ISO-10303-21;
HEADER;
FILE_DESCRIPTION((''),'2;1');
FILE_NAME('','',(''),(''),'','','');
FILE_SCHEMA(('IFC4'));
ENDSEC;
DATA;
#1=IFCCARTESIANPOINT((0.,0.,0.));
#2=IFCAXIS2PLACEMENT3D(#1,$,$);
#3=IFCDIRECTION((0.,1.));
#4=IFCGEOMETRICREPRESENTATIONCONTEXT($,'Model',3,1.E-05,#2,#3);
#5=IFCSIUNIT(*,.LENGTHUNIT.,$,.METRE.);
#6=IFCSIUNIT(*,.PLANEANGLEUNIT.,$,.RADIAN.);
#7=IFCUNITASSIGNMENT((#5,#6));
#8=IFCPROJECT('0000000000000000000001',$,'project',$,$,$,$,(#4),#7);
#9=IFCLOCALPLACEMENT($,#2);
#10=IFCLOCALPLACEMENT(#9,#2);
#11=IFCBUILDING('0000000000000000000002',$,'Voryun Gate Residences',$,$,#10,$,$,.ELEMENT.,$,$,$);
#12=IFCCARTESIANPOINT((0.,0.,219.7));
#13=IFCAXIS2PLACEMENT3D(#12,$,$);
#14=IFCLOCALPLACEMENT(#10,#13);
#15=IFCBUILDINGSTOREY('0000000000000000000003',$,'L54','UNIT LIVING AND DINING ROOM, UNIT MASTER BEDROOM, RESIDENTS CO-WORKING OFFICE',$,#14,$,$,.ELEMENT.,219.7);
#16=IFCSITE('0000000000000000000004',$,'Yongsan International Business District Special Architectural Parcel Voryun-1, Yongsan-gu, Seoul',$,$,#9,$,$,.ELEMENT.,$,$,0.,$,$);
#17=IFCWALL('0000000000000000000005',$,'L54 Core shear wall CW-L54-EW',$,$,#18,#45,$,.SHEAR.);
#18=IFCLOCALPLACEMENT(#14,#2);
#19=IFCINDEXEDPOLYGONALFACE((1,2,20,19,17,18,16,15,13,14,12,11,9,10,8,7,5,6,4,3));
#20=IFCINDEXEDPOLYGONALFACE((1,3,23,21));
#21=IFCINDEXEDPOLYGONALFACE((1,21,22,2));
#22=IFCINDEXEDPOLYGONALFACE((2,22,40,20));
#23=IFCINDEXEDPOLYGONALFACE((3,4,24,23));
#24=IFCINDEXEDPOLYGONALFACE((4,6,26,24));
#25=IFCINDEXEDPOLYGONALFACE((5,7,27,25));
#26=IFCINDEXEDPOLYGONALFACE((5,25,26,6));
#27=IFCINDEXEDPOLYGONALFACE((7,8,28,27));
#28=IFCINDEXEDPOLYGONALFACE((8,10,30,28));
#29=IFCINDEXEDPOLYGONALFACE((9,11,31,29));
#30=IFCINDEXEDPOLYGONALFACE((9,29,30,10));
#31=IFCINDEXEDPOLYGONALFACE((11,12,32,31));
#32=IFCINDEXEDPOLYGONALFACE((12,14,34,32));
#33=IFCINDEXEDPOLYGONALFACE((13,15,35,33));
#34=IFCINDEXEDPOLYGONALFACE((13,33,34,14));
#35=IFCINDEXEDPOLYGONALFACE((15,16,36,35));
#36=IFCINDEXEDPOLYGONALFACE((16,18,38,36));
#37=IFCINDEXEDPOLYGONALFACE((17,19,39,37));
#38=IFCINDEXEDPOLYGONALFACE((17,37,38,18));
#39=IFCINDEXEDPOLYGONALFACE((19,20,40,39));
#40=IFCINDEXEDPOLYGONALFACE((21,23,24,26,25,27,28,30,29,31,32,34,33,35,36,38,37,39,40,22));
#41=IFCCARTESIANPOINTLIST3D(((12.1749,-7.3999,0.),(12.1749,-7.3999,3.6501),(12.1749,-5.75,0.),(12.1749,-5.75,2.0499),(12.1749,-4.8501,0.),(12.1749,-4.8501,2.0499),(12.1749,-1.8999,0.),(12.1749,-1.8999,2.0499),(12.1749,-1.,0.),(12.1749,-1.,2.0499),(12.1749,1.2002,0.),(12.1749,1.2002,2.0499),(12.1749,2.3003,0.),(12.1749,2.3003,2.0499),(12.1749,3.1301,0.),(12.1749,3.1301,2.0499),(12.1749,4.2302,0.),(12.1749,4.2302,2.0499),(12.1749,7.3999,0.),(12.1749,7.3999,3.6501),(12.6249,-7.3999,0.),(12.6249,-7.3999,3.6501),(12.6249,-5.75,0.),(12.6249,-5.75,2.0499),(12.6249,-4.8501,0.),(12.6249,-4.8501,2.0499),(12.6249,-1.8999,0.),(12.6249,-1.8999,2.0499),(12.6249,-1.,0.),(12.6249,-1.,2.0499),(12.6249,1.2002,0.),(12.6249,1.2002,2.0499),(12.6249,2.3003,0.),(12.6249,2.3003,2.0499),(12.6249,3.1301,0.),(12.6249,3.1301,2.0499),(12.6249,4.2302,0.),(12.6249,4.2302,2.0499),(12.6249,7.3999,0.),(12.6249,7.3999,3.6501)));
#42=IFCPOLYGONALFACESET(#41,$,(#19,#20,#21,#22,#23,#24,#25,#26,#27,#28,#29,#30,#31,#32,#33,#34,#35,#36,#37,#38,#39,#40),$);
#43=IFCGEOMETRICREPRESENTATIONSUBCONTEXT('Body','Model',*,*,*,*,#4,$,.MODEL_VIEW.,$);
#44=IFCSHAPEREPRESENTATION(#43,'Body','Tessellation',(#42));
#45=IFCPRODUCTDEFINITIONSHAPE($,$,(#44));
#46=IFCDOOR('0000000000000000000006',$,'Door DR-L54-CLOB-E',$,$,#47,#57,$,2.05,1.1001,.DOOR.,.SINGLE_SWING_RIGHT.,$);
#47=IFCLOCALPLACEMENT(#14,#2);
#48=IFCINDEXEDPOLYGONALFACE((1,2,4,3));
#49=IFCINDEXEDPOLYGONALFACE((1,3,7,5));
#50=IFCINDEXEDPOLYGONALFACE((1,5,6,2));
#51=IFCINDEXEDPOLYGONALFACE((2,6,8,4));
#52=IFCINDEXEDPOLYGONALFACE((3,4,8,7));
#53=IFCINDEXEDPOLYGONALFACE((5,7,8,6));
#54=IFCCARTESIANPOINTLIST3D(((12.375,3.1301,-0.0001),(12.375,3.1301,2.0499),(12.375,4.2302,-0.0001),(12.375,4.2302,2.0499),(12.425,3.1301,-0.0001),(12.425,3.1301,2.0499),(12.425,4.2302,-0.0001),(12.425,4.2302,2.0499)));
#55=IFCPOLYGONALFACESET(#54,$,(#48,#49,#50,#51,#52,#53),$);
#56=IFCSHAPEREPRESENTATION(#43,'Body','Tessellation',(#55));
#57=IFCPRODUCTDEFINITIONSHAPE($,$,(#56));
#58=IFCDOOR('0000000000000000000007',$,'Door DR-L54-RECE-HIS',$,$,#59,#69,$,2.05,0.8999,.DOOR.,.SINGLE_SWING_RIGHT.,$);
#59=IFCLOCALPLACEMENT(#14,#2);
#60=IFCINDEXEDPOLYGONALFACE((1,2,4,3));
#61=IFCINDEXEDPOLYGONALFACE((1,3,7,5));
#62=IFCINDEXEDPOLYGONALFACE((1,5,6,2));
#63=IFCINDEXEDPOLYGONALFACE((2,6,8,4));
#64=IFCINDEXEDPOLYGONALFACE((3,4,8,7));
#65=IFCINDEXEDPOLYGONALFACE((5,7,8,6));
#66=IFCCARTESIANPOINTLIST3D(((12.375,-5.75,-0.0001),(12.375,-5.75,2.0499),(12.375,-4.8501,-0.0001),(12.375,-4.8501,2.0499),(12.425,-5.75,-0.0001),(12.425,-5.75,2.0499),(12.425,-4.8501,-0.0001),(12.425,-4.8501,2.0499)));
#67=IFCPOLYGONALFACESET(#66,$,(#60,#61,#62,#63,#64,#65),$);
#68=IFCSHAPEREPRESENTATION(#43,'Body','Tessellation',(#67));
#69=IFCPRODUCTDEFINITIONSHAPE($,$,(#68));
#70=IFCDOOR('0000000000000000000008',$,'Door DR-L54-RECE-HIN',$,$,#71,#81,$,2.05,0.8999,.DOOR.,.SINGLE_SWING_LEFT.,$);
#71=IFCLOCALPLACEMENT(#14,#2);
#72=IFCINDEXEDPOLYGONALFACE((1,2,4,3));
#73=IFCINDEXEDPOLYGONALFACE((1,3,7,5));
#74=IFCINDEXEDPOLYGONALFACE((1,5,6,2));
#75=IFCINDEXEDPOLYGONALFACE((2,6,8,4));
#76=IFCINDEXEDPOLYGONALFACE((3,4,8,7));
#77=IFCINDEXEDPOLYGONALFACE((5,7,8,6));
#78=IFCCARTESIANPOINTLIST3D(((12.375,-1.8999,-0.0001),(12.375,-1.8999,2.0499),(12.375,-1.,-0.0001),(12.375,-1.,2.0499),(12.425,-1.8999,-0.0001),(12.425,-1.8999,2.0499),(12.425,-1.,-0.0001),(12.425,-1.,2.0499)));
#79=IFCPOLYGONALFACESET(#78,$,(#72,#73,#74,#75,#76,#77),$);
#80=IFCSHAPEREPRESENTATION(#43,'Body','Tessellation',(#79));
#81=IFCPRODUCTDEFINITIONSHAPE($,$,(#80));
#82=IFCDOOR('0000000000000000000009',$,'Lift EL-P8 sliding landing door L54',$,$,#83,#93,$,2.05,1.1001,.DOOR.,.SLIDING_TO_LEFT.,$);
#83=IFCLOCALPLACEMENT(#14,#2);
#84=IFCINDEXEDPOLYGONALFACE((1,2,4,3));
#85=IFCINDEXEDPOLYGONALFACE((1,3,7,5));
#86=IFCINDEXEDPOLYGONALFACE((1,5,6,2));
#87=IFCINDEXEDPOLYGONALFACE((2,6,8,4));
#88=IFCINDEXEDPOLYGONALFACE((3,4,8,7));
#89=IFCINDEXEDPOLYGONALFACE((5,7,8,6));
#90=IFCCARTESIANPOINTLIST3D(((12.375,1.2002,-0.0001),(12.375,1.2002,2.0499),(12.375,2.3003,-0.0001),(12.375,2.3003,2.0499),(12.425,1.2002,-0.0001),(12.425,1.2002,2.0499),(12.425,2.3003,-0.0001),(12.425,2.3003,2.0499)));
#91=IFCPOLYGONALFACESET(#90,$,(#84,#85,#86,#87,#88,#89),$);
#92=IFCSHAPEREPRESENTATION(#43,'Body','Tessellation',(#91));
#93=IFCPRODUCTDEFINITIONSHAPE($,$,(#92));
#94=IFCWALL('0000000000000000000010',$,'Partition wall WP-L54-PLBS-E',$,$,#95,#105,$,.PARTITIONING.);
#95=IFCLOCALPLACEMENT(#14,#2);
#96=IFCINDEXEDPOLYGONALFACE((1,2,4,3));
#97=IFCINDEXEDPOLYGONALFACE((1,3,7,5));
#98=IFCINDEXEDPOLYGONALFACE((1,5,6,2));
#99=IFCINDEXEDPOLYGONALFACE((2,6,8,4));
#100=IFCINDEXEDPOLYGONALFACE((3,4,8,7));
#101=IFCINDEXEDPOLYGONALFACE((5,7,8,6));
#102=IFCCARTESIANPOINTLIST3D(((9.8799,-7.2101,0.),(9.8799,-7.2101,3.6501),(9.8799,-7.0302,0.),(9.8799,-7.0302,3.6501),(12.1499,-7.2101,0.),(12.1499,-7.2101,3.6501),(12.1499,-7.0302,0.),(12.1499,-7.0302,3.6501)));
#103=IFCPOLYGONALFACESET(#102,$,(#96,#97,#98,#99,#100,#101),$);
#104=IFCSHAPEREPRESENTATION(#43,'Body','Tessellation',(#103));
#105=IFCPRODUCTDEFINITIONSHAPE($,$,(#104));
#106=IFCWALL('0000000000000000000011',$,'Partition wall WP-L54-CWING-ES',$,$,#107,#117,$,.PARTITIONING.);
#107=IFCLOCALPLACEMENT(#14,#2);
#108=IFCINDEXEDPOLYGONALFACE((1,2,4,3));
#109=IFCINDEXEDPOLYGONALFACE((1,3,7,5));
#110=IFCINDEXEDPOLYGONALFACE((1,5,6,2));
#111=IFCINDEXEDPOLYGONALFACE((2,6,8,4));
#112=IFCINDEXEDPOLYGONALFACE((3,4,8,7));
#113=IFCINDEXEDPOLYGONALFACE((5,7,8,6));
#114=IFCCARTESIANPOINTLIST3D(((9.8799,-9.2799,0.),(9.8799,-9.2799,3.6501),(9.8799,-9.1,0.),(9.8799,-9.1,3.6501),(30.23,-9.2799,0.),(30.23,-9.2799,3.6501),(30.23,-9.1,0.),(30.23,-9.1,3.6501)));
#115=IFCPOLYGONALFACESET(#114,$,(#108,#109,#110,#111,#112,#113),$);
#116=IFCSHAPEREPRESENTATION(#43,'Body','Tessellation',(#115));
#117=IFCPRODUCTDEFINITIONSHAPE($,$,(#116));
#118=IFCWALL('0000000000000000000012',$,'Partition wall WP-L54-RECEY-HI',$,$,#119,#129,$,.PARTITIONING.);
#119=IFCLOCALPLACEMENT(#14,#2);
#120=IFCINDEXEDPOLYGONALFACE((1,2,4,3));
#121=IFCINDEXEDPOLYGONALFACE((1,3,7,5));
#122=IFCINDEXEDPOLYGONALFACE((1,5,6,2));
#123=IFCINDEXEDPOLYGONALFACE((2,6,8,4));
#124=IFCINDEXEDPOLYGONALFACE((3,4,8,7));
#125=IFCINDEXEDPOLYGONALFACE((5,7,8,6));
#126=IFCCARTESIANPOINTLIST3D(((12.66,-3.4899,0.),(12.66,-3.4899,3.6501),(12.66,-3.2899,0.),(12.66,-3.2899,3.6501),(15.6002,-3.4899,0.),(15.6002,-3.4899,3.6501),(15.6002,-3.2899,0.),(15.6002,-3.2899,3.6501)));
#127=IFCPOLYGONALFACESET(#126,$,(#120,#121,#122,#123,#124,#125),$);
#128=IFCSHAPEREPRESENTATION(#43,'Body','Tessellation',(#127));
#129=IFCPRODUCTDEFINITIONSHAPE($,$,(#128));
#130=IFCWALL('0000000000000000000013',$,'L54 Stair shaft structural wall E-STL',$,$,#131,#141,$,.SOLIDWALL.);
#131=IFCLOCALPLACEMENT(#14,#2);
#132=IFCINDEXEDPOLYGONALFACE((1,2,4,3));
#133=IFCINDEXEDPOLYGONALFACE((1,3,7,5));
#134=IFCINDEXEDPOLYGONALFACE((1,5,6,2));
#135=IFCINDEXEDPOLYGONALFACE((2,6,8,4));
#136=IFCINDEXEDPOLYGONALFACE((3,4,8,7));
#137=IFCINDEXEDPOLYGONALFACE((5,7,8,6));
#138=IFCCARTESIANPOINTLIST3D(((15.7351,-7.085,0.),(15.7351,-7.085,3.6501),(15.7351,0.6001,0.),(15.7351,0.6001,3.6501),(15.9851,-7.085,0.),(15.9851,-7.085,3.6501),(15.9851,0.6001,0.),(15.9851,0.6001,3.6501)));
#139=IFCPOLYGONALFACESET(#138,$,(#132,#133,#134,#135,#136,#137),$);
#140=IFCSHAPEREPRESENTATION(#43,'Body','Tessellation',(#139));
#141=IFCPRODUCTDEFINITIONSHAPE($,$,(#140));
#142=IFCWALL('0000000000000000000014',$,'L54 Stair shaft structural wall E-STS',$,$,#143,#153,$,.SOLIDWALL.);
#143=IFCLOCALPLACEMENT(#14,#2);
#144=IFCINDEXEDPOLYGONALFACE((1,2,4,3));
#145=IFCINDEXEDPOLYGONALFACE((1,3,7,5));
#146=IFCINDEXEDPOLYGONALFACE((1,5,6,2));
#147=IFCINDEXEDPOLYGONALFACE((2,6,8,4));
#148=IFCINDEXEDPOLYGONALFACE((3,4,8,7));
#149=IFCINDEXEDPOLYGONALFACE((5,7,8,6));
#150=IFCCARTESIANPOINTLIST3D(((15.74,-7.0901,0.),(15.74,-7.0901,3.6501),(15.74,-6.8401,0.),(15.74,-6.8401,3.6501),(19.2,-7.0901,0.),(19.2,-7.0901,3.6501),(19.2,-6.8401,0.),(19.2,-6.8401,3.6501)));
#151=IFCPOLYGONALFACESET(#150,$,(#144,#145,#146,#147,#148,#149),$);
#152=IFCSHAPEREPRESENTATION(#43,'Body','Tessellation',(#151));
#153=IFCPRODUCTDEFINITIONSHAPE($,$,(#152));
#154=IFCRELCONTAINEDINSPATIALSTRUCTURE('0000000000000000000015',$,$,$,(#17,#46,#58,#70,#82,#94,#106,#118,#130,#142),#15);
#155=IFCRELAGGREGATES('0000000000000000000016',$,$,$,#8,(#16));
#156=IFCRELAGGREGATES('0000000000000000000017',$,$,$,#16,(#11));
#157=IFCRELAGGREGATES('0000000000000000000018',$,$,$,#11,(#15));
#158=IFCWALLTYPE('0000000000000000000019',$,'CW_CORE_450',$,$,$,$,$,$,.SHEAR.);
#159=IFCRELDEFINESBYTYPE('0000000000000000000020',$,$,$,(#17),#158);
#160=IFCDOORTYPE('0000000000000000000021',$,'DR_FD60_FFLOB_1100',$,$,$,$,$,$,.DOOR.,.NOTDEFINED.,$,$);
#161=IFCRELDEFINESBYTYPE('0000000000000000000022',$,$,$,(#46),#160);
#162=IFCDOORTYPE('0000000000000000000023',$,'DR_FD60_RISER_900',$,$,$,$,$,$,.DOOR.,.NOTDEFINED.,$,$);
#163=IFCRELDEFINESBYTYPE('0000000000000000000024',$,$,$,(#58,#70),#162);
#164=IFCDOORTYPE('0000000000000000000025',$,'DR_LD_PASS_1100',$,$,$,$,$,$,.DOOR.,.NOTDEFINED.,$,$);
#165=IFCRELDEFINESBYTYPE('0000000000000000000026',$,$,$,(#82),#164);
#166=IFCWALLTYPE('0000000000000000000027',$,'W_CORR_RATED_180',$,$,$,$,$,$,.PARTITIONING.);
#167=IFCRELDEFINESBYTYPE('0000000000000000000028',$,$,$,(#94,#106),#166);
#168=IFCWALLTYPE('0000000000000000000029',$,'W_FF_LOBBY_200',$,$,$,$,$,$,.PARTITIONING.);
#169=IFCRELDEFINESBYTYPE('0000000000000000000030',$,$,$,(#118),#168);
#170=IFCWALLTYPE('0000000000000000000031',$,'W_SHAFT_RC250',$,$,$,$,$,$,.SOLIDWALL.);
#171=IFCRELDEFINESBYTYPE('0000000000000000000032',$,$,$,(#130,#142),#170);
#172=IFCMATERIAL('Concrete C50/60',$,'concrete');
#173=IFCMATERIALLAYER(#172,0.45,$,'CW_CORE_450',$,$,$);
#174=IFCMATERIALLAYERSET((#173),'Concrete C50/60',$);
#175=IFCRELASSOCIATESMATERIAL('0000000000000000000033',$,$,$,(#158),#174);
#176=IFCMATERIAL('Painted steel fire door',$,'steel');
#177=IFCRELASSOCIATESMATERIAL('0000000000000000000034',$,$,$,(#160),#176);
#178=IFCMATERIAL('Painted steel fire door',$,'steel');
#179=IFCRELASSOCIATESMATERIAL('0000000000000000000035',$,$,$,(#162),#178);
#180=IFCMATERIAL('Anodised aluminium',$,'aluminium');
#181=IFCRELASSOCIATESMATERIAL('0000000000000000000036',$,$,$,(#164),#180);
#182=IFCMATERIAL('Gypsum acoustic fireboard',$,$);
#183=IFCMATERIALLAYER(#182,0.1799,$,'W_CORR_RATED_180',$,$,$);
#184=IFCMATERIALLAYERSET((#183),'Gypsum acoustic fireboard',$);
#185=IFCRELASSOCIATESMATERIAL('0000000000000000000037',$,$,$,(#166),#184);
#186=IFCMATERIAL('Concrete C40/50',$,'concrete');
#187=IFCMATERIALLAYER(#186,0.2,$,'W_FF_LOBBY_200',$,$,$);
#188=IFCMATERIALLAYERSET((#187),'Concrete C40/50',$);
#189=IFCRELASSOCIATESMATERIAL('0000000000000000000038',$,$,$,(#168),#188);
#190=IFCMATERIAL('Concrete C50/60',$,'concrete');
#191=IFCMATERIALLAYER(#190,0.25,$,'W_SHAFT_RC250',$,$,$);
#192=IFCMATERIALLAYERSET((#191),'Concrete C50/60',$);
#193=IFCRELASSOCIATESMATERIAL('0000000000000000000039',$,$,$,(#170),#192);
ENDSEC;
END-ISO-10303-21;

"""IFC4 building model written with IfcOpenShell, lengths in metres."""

from ifc_helpers import new_model, si_unit, direction, frame, frame_2d, origin, place, context, subcontext, project, spatial, rectangle, extrude, material, layer, layer_set, type_object, element, fill, save


model = new_model("IFC4")

# Units and contexts
model_context = context("Model", 3, precision=1e-05, world=origin(), true_north=direction((0.0, 1.0)))
body_context = subcontext(model_context, "Body", "Model", "MODEL_VIEW")
ifc_project = project(units=[si_unit("LENGTHUNIT", "METRE"), si_unit("PLANEANGLEUNIT", "RADIAN")], contexts=[model_context])

# Site, building, storey
site_placement = place(None, origin())
site = spatial("IfcSite", under=ifc_project, at=site_placement, Name="Yongsan International Business District Special Architectural Parcel Voryun-1, Yongsan-gu, Seoul", CompositionType="ELEMENT", RefElevation=0.0)
building_placement = place(site_placement, origin())
building = spatial("IfcBuilding", under=site, at=building_placement, Name="Voryun Gate Residences", CompositionType="ELEMENT")
storey_placement = place(building_placement, frame((0.0, 0.0, 219.7)))
storey = spatial("IfcBuildingStorey", under=building, at=storey_placement, Name="L54", Description="UNIT LIVING AND DINING ROOM, UNIT MASTER BEDROOM, RESIDENTS CO-WORKING OFFICE", CompositionType="ELEMENT", Elevation=219.7)

# Shared definitions
ifc_material_1 = material(Name="Concrete C50/60", Category="concrete")
ifc_layer_1 = layer(ifc_material_1, 0.45, Name="CW_CORE_450")
ifc_layer_set_1 = layer_set([ifc_layer_1], Name="Concrete C50/60")
wall_type_1 = type_object("IfcWallType", Name="CW_CORE_450", PredefinedType="SHEAR", material=ifc_layer_set_1)

# Wall, openings, doors
wall_1_placement = place(storey_placement, frame((12.3999, -7.3999, 0.0), z_axis=(0.0, 0.0, 1.0), x_axis=(0.0, 1.0, 0.0)))
wall_1 = element("IfcWall", 1, at=wall_1_placement, inside=storey, type_object=wall_type_1, Name="L54 Core shear wall CW-L54-EW", PredefinedType="SHEAR", context=body_context, shape_type="SweptSolid", body=[
    extrude(rectangle(XDim=14.7998, YDim=0.45, at=frame_2d((7.3999, 0.0))), origin(), (0.0, 0.0, 1.0), 3.6501),
])
opening_1_placement = place(wall_1_placement, frame((8.6001, 0.0, 0.0)))
opening_1 = element("IfcOpeningElement", 2, at=opening_1_placement, cuts=wall_1, PredefinedType="OPENING", context=body_context, shape_type="SweptSolid", body=[
    extrude(rectangle(XDim=1.1001, YDim=2.05, at=frame_2d((0.55, 1.0249))), frame((0.0, 0.2351, 0.0), z_axis=(0.0, -1.0, 0.0), x_axis=(1.0, 0.0, 0.0)), (0.0, 0.0, 1.0), 0.47),
])
opening_2_placement = place(wall_1_placement, frame((10.53, 0.0, 0.0)))
opening_2 = element("IfcOpeningElement", 3, at=opening_2_placement, cuts=wall_1, PredefinedType="OPENING", context=body_context, shape_type="SweptSolid", body=[
    extrude(rectangle(XDim=1.1001, YDim=2.05, at=frame_2d((0.55, 1.0249))), frame((0.0, 0.2351, 0.0), z_axis=(0.0, -1.0, 0.0), x_axis=(1.0, 0.0, 0.0)), (0.0, 0.0, 1.0), 0.47),
])
opening_3_placement = place(wall_1_placement, frame((1.6499, 0.0, 0.0)))
opening_3 = element("IfcOpeningElement", 4, at=opening_3_placement, cuts=wall_1, PredefinedType="OPENING", context=body_context, shape_type="SweptSolid", body=[
    extrude(rectangle(XDim=0.8999, YDim=2.05, at=frame_2d((0.45, 1.0249))), frame((0.0, 0.2351, 0.0), z_axis=(0.0, -1.0, 0.0), x_axis=(1.0, 0.0, 0.0)), (0.0, 0.0, 1.0), 0.47),
])
opening_4_placement = place(wall_1_placement, frame((5.5, 0.0, 0.0)))
opening_4 = element("IfcOpeningElement", 5, at=opening_4_placement, cuts=wall_1, PredefinedType="OPENING", context=body_context, shape_type="SweptSolid", body=[
    extrude(rectangle(XDim=0.8999, YDim=2.05, at=frame_2d((0.45, 1.0249))), frame((0.0, 0.2351, 0.0), z_axis=(0.0, -1.0, 0.0), x_axis=(1.0, 0.0, 0.0)), (0.0, 0.0, 1.0), 0.47),
])
ifc_material_2 = material(Name="Painted steel fire door", Category="steel")
door_type_1 = type_object("IfcDoorType", Name="DR_FD60_FFLOB_1100", OperationType="NOTDEFINED", PredefinedType="DOOR", material=ifc_material_2)
door_1_placement = place(opening_2_placement, origin())
door_1 = element("IfcDoor", 6, at=door_1_placement, inside=storey, type_object=door_type_1, Name="Door DR-L54-CLOB-E", OperationType="SINGLE_SWING_RIGHT", OverallHeight=2.05, OverallWidth=1.1001, PredefinedType="DOOR", context=body_context, shape_type="SweptSolid", body=[
    extrude(rectangle(XDim=1.1001, YDim=2.05, at=frame_2d((0.55, 1.0249))), frame((0.0, 0.0249, 0.0), z_axis=(0.0, -1.0, 0.0), x_axis=(1.0, 0.0, 0.0)), (0.0, 0.0, 1.0), 0.05),
])
fill(opening_2, door_1)
ifc_material_3 = material(Name="Painted steel fire door", Category="steel")
door_type_2 = type_object("IfcDoorType", Name="DR_FD60_RISER_900", OperationType="NOTDEFINED", PredefinedType="DOOR", material=ifc_material_3)
door_2_placement = place(opening_3_placement, origin())
door_2 = element("IfcDoor", 7, at=door_2_placement, inside=storey, type_object=door_type_2, Name="Door DR-L54-RECE-HIS", OperationType="SINGLE_SWING_RIGHT", OverallHeight=2.05, OverallWidth=0.8999, PredefinedType="DOOR", context=body_context, shape_type="SweptSolid", body=[
    extrude(rectangle(XDim=0.8999, YDim=2.05, at=frame_2d((0.45, 1.0249))), frame((0.0, 0.0249, 0.0), z_axis=(0.0, -1.0, 0.0), x_axis=(1.0, 0.0, 0.0)), (0.0, 0.0, 1.0), 0.05),
])
fill(opening_3, door_2)
door_3_placement = place(opening_4_placement, origin())
door_3 = element("IfcDoor", 8, at=door_3_placement, inside=storey, type_object=door_type_2, Name="Door DR-L54-RECE-HIN", OperationType="SINGLE_SWING_LEFT", OverallHeight=2.05, OverallWidth=0.8999, PredefinedType="DOOR", context=body_context, shape_type="SweptSolid", body=[
    extrude(rectangle(XDim=0.8999, YDim=2.05, at=frame_2d((0.45, 1.0249))), frame((0.0, 0.0249, 0.0), z_axis=(0.0, -1.0, 0.0), x_axis=(1.0, 0.0, 0.0)), (0.0, 0.0, 1.0), 0.05),
])
fill(opening_4, door_3)
ifc_material_4 = material(Name="Anodised aluminium", Category="aluminium")
door_type_3 = type_object("IfcDoorType", Name="DR_LD_PASS_1100", OperationType="NOTDEFINED", PredefinedType="DOOR", material=ifc_material_4)
door_4_placement = place(opening_1_placement, origin())
door_4 = element("IfcDoor", 9, at=door_4_placement, inside=storey, type_object=door_type_3, Name="Lift EL-P8 sliding landing door L54", OperationType="SLIDING_TO_LEFT", OverallHeight=2.05, OverallWidth=1.1001, PredefinedType="DOOR", context=body_context, shape_type="SweptSolid", body=[
    extrude(rectangle(XDim=1.1001, YDim=2.05, at=frame_2d((0.55, 1.0249))), frame((0.0, 0.0249, 0.0), z_axis=(0.0, -1.0, 0.0), x_axis=(1.0, 0.0, 0.0)), (0.0, 0.0, 1.0), 0.05),
])
fill(opening_1, door_4)

# Walls
ifc_material_5 = material(Name="Gypsum acoustic fireboard")
ifc_layer_2 = layer(ifc_material_5, 0.1799, Name="W_CORR_RATED_180")
ifc_layer_set_2 = layer_set([ifc_layer_2], Name="Gypsum acoustic fireboard")
wall_type_2 = type_object("IfcWallType", Name="W_CORR_RATED_180", PredefinedType="PARTITIONING", material=ifc_layer_set_2)
wall_2_placement = place(storey_placement, frame((9.8799, -7.1201, 0.0), z_axis=(0.0, 0.0, 1.0), x_axis=(1.0, 0.0, 0.0)))
element("IfcWall", 10, at=wall_2_placement, inside=storey, type_object=wall_type_2, Name="Partition wall WP-L54-PLBS-E", PredefinedType="PARTITIONING", context=body_context, shape_type="SweptSolid", body=[
    extrude(rectangle(XDim=2.27, YDim=0.1799, at=frame_2d((1.135, 0.0))), origin(), (0.0, 0.0, 1.0), 3.6501),
])
wall_3_placement = place(storey_placement, frame((9.8799, -9.1899, 0.0), z_axis=(0.0, 0.0, 1.0), x_axis=(1.0, 0.0, 0.0)))
element("IfcWall", 11, at=wall_3_placement, inside=storey, type_object=wall_type_2, Name="Partition wall WP-L54-CWING-ES", PredefinedType="PARTITIONING", context=body_context, shape_type="SweptSolid", body=[
    extrude(rectangle(XDim=20.3501, YDim=0.1799, at=frame_2d((10.175, 0.0))), origin(), (0.0, 0.0, 1.0), 3.6501),
])
ifc_material_6 = material(Name="Concrete C40/50", Category="concrete")
ifc_layer_3 = layer(ifc_material_6, 0.2, Name="W_FF_LOBBY_200")
ifc_layer_set_3 = layer_set([ifc_layer_3], Name="Concrete C40/50")
wall_type_3 = type_object("IfcWallType", Name="W_FF_LOBBY_200", PredefinedType="PARTITIONING", material=ifc_layer_set_3)
wall_4_placement = place(storey_placement, frame((12.6599, -3.3899, 0.0), z_axis=(0.0, 0.0, 1.0), x_axis=(1.0, 0.0, 0.0)))
element("IfcWall", 12, at=wall_4_placement, inside=storey, type_object=wall_type_3, Name="Partition wall WP-L54-RECEY-HI", PredefinedType="PARTITIONING", context=body_context, shape_type="SweptSolid", body=[
    extrude(rectangle(XDim=2.9402, YDim=0.2, at=frame_2d((1.4702, 0.0))), origin(), (0.0, 0.0, 1.0), 3.6501),
])
ifc_material_7 = material(Name="Concrete C50/60", Category="concrete")
ifc_layer_4 = layer(ifc_material_7, 0.25, Name="W_SHAFT_RC250")
ifc_layer_set_4 = layer_set([ifc_layer_4], Name="Concrete C50/60")
wall_type_4 = type_object("IfcWallType", Name="W_SHAFT_RC250", PredefinedType="SOLIDWALL", material=ifc_layer_set_4)
wall_5_placement = place(storey_placement, frame((15.8601, -7.085, 0.0), z_axis=(0.0, 0.0, 1.0), x_axis=(0.0, 1.0, 0.0)))
element("IfcWall", 13, at=wall_5_placement, inside=storey, type_object=wall_type_4, Name="L54 Stair shaft structural wall E-STL", PredefinedType="SOLIDWALL", context=body_context, shape_type="SweptSolid", body=[
    extrude(rectangle(XDim=7.6851, YDim=0.25, at=frame_2d((3.8425, 0.0))), origin(), (0.0, 0.0, 1.0), 3.6501),
])
wall_6_placement = place(storey_placement, frame((15.74, -6.9651, 0.0), z_axis=(0.0, 0.0, 1.0), x_axis=(1.0, 0.0, 0.0)))
element("IfcWall", 14, at=wall_6_placement, inside=storey, type_object=wall_type_4, Name="L54 Stair shaft structural wall E-STS", PredefinedType="SOLIDWALL", context=body_context, shape_type="SweptSolid", body=[
    extrude(rectangle(XDim=3.46, YDim=0.25, at=frame_2d((1.73, 0.0))), origin(), (0.0, 0.0, 1.0), 3.6501),
])

save(model, "model.ifc")
